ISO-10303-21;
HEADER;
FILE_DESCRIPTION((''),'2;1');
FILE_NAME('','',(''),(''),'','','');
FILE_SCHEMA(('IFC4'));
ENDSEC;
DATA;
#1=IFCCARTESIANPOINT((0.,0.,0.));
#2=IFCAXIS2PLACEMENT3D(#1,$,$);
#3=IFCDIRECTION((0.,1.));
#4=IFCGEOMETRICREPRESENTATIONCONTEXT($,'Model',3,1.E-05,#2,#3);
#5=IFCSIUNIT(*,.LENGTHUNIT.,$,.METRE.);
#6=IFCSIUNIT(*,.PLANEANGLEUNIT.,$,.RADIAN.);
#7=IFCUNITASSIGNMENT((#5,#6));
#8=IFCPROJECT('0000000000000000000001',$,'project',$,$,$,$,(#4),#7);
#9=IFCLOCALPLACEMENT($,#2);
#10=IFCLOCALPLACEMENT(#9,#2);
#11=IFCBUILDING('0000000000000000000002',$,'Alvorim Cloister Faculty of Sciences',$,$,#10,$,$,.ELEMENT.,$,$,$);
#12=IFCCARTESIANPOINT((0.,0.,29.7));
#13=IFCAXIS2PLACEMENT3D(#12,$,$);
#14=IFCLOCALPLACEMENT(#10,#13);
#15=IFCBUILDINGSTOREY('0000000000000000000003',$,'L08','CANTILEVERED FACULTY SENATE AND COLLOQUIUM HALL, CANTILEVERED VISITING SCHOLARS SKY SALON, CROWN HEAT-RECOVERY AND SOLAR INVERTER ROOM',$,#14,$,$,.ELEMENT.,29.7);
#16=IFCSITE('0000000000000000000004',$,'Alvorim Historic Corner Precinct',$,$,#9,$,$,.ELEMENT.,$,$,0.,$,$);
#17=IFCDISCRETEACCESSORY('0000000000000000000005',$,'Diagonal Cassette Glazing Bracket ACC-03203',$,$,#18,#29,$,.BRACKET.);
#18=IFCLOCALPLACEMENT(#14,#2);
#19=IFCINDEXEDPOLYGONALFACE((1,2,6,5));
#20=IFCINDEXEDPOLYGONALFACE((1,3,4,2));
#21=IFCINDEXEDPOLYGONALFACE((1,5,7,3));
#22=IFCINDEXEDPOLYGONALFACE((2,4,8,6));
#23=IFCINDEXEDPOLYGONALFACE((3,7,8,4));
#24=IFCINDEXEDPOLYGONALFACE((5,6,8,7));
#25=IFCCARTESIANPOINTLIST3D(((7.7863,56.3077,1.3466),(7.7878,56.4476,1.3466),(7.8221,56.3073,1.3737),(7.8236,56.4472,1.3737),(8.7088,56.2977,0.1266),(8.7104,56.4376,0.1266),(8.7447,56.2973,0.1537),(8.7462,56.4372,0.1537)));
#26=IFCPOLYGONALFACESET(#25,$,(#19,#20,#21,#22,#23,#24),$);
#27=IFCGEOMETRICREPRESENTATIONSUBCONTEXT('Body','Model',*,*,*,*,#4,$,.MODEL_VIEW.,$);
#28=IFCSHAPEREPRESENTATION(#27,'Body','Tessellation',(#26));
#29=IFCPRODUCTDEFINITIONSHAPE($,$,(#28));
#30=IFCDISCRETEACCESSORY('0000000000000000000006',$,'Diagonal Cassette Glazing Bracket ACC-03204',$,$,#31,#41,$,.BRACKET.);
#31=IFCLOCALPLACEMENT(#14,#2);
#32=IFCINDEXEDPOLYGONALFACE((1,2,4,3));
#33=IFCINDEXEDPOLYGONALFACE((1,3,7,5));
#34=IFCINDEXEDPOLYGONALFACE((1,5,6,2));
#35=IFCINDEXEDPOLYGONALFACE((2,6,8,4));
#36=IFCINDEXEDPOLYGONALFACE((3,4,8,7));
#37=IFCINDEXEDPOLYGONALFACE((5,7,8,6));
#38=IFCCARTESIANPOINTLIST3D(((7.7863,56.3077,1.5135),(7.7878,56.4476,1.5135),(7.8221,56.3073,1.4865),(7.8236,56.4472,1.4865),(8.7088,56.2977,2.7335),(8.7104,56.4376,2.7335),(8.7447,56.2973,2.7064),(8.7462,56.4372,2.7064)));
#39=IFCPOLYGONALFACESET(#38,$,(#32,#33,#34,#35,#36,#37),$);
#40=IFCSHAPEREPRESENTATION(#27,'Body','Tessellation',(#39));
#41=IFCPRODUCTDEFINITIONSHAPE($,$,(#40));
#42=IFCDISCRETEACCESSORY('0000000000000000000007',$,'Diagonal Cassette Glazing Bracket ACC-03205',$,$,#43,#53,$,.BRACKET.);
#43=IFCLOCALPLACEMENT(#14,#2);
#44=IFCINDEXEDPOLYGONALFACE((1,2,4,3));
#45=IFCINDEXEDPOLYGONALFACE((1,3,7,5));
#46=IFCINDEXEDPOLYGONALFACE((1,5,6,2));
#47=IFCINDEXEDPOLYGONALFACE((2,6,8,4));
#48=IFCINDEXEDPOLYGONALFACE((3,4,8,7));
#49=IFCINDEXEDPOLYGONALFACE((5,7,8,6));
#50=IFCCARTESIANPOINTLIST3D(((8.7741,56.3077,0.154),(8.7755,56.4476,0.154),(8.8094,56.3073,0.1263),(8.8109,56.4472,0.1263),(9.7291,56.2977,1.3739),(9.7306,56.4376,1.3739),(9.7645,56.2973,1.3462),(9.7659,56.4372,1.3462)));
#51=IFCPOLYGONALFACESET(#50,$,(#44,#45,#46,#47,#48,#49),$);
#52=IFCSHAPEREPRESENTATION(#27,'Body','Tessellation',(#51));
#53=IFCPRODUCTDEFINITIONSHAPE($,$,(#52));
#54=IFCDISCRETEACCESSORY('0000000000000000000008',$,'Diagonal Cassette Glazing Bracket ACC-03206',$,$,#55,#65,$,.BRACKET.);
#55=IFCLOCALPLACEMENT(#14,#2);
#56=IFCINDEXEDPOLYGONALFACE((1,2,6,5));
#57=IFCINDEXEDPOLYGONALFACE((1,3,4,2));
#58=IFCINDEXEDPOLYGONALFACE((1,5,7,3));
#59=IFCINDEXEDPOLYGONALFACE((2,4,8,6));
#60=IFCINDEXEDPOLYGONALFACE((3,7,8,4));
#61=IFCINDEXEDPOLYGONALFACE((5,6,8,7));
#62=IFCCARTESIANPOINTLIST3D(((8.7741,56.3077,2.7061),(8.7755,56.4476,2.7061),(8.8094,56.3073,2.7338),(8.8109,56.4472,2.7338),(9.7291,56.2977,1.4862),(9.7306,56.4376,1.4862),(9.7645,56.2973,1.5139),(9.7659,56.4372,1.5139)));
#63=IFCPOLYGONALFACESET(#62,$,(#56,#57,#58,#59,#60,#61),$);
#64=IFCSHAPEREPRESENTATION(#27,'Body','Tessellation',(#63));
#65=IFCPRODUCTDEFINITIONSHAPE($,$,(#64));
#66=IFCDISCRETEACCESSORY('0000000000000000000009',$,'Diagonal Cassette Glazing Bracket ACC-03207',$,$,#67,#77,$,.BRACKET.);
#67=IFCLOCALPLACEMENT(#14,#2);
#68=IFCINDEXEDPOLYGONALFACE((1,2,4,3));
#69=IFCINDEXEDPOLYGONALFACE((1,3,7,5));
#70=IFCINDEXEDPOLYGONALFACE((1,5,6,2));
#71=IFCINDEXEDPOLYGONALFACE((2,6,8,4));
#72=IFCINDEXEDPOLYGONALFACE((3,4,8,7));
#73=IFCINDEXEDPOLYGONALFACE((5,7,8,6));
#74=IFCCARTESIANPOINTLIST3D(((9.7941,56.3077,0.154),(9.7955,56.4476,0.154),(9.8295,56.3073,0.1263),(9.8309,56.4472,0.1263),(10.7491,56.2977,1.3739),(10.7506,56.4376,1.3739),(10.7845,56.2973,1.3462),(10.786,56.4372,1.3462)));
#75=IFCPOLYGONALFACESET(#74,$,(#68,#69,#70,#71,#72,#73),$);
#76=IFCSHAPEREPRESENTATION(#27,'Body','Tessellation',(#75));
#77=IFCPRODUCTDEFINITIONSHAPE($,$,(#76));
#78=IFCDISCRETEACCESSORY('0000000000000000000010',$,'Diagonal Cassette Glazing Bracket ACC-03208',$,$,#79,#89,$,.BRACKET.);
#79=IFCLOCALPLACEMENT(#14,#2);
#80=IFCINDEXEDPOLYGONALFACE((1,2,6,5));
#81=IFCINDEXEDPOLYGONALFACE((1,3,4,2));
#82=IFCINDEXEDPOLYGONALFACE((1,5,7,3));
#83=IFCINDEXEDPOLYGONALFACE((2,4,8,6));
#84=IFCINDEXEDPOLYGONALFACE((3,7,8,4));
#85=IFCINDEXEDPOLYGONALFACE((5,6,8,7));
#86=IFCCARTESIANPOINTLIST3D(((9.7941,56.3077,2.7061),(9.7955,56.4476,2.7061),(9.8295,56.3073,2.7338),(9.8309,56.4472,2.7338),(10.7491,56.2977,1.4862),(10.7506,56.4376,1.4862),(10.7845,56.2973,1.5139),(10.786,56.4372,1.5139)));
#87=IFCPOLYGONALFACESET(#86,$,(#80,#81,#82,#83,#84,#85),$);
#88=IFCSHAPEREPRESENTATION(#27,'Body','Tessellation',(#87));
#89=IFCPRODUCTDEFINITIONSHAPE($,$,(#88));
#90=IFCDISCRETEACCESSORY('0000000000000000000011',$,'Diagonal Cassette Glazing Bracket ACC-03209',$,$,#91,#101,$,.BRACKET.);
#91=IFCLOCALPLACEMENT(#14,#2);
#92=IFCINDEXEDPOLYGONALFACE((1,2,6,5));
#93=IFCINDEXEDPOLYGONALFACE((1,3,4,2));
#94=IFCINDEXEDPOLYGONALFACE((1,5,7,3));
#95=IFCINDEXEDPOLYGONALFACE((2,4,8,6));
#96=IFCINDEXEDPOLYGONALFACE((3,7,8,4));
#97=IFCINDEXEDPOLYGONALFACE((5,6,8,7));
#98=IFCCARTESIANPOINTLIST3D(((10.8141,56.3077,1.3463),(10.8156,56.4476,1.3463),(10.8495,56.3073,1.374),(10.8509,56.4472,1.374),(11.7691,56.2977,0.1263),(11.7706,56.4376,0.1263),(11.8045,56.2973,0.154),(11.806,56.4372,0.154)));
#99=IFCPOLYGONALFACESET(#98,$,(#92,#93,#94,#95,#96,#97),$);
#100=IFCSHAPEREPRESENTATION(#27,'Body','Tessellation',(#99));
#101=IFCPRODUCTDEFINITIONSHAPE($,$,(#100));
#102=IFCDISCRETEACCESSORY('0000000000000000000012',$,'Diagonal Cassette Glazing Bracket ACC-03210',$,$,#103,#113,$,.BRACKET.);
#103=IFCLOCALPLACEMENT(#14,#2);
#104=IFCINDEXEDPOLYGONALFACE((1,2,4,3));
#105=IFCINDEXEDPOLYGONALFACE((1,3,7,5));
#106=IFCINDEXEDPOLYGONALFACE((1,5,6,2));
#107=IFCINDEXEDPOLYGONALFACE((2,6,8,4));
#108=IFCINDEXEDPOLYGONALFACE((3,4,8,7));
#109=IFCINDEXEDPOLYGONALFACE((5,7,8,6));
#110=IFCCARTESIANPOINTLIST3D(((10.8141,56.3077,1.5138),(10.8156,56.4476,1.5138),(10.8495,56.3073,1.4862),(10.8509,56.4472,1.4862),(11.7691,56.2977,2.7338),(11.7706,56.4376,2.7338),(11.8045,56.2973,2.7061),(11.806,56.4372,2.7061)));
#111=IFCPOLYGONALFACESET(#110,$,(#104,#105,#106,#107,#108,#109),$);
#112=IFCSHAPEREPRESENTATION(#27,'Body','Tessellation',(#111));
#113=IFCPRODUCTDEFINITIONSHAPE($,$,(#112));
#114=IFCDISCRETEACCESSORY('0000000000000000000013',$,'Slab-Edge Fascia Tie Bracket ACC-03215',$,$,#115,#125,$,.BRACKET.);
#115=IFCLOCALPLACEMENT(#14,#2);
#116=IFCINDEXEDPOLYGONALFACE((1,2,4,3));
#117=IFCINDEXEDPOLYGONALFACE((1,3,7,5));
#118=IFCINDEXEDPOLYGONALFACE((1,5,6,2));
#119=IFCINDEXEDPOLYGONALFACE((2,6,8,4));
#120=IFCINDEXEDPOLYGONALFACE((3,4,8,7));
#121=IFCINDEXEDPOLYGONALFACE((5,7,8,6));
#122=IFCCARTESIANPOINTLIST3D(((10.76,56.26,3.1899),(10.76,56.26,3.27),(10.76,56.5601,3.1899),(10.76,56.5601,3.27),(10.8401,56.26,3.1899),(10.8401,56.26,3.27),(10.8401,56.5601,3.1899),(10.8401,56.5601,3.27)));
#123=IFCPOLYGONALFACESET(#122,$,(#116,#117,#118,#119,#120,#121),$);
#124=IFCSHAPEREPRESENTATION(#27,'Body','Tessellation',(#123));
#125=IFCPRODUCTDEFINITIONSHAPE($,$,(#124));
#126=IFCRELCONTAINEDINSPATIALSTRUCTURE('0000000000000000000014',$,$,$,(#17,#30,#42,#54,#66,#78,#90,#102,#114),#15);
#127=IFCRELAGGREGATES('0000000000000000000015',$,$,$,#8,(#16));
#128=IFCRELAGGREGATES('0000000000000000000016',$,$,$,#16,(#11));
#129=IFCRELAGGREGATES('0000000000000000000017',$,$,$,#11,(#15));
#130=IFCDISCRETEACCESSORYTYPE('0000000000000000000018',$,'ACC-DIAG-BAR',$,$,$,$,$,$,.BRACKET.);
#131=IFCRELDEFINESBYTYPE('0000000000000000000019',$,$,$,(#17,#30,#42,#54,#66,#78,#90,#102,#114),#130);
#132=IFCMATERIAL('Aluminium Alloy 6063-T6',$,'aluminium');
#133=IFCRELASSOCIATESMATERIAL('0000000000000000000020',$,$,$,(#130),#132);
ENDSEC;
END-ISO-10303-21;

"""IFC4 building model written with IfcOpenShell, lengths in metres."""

from ifc_helpers import new_model, si_unit, direction, frame, origin, origin_2d, place, context, subcontext, project, spatial, rectangle, extrude, material, type_object, element, save


model = new_model("IFC4")

# Units and contexts
model_context = context("Model", 3, precision=1e-05, world=origin(), true_north=direction((0.0, 1.0)))
body_context = subcontext(model_context, "Body", "Model", "MODEL_VIEW")
ifc_project = project(units=[si_unit("LENGTHUNIT", "METRE"), si_unit("PLANEANGLEUNIT", "RADIAN")], contexts=[model_context])

# Site, building, storey
site_placement = place(None, origin())
site = spatial("IfcSite", under=ifc_project, at=site_placement, Name="Alvorim Historic Corner Precinct", CompositionType="ELEMENT", RefElevation=0.0)
building_placement = place(site_placement, origin())
building = spatial("IfcBuilding", under=site, at=building_placement, Name="Alvorim Cloister Faculty of Sciences", CompositionType="ELEMENT")
storey_placement = place(building_placement, frame((0.0, 0.0, 29.7)))
storey = spatial("IfcBuildingStorey", under=building, at=storey_placement, Name="L08", Description="CANTILEVERED FACULTY SENATE AND COLLOQUIUM HALL, CANTILEVERED VISITING SCHOLARS SKY SALON, CROWN HEAT-RECOVERY AND SOLAR INVERTER ROOM", CompositionType="ELEMENT", Elevation=29.7)

# Shared definitions
ifc_material_1 = material(Name="Aluminium Alloy 6063-T6", Category="aluminium")

# Discrete accessories
discrete_accessory_type = type_object("IfcDiscreteAccessoryType", Name="ACC-DIAG-BAR", PredefinedType="BRACKET", material=ifc_material_1)
for number, where, z_axis, x_axis, name in (
    (1, (7.8049, 56.3774, 1.3601), (0.603175, -0.006544, -0.797582), (0.010849, 0.999941, 0.0), "Diagonal Cassette Glazing Bracket ACC-03203"),
    (2, (7.8049, 56.3774, 1.5), (0.603175, -0.006544, 0.797582), (0.010849, 0.999941, 0.0), "Diagonal Cassette Glazing Bracket ACC-03204"),
):
    element("IfcDiscreteAccessory", number, at=place(storey_placement, frame(where, z_axis=z_axis, x_axis=x_axis)), inside=storey, type_object=discrete_accessory_type, Name=name, PredefinedType="BRACKET", context=body_context, shape_type="SweptSolid", body=[
        extrude(rectangle(XDim=0.1399, YDim=0.0449, at=origin_2d()), origin(), (0.0, 0.0, 1.0), 1.5295),
    ])
for number, where, z_axis, x_axis, name in (
    (3, (8.7925, 56.3774, 0.1401), (0.616423, -0.00646, 0.787389), (0.01048, 0.999945, 0.0), "Diagonal Cassette Glazing Bracket ACC-03205"),
    (4, (8.7925, 56.3774, 2.72), (0.616423, -0.00646, -0.787389), (0.01048, 0.999945, 0.0), "Diagonal Cassette Glazing Bracket ACC-03206"),
    (5, (9.8125, 56.3774, 0.1401), (0.616423, -0.00646, 0.787389), (0.01048, 0.999945, 0.0), "Diagonal Cassette Glazing Bracket ACC-03207"),
    (6, (9.8125, 56.3774, 2.72), (0.616423, -0.00646, -0.787389), (0.01048, 0.999945, 0.0), "Diagonal Cassette Glazing Bracket ACC-03208"),
    (7, (10.8325, 56.3774, 1.3601), (0.616423, -0.00646, -0.787389), (0.01048, 0.999945, 0.0), "Diagonal Cassette Glazing Bracket ACC-03209"),
    (8, (10.8325, 56.3774, 1.5), (0.616423, -0.00646, 0.787389), (0.01048, 0.999945, 0.0), "Diagonal Cassette Glazing Bracket ACC-03210"),
):
    element("IfcDiscreteAccessory", number, at=place(storey_placement, frame(where, z_axis=z_axis, x_axis=x_axis)), inside=storey, type_object=discrete_accessory_type, Name=name, PredefinedType="BRACKET", context=body_context, shape_type="SweptSolid", body=[
        extrude(rectangle(XDim=0.1399, YDim=0.0449, at=origin_2d()), origin(), (0.0, 0.0, 1.0), 1.5493),
    ])
discrete_accessory_placement = place(storey_placement, frame((10.8, 56.26, 3.23), z_axis=(0.0, 1.0, 0.0), x_axis=(-1.0, 0.0, 0.0)))
element("IfcDiscreteAccessory", 9, at=discrete_accessory_placement, inside=storey, type_object=discrete_accessory_type, Name="Slab-Edge Fascia Tie Bracket ACC-03215", PredefinedType="BRACKET", context=body_context, shape_type="SweptSolid", body=[
    extrude(rectangle(XDim=0.0801, YDim=0.0801, at=origin_2d()), origin(), (0.0, 0.0, 1.0), 0.3),
])

save(model, "model.ifc")
